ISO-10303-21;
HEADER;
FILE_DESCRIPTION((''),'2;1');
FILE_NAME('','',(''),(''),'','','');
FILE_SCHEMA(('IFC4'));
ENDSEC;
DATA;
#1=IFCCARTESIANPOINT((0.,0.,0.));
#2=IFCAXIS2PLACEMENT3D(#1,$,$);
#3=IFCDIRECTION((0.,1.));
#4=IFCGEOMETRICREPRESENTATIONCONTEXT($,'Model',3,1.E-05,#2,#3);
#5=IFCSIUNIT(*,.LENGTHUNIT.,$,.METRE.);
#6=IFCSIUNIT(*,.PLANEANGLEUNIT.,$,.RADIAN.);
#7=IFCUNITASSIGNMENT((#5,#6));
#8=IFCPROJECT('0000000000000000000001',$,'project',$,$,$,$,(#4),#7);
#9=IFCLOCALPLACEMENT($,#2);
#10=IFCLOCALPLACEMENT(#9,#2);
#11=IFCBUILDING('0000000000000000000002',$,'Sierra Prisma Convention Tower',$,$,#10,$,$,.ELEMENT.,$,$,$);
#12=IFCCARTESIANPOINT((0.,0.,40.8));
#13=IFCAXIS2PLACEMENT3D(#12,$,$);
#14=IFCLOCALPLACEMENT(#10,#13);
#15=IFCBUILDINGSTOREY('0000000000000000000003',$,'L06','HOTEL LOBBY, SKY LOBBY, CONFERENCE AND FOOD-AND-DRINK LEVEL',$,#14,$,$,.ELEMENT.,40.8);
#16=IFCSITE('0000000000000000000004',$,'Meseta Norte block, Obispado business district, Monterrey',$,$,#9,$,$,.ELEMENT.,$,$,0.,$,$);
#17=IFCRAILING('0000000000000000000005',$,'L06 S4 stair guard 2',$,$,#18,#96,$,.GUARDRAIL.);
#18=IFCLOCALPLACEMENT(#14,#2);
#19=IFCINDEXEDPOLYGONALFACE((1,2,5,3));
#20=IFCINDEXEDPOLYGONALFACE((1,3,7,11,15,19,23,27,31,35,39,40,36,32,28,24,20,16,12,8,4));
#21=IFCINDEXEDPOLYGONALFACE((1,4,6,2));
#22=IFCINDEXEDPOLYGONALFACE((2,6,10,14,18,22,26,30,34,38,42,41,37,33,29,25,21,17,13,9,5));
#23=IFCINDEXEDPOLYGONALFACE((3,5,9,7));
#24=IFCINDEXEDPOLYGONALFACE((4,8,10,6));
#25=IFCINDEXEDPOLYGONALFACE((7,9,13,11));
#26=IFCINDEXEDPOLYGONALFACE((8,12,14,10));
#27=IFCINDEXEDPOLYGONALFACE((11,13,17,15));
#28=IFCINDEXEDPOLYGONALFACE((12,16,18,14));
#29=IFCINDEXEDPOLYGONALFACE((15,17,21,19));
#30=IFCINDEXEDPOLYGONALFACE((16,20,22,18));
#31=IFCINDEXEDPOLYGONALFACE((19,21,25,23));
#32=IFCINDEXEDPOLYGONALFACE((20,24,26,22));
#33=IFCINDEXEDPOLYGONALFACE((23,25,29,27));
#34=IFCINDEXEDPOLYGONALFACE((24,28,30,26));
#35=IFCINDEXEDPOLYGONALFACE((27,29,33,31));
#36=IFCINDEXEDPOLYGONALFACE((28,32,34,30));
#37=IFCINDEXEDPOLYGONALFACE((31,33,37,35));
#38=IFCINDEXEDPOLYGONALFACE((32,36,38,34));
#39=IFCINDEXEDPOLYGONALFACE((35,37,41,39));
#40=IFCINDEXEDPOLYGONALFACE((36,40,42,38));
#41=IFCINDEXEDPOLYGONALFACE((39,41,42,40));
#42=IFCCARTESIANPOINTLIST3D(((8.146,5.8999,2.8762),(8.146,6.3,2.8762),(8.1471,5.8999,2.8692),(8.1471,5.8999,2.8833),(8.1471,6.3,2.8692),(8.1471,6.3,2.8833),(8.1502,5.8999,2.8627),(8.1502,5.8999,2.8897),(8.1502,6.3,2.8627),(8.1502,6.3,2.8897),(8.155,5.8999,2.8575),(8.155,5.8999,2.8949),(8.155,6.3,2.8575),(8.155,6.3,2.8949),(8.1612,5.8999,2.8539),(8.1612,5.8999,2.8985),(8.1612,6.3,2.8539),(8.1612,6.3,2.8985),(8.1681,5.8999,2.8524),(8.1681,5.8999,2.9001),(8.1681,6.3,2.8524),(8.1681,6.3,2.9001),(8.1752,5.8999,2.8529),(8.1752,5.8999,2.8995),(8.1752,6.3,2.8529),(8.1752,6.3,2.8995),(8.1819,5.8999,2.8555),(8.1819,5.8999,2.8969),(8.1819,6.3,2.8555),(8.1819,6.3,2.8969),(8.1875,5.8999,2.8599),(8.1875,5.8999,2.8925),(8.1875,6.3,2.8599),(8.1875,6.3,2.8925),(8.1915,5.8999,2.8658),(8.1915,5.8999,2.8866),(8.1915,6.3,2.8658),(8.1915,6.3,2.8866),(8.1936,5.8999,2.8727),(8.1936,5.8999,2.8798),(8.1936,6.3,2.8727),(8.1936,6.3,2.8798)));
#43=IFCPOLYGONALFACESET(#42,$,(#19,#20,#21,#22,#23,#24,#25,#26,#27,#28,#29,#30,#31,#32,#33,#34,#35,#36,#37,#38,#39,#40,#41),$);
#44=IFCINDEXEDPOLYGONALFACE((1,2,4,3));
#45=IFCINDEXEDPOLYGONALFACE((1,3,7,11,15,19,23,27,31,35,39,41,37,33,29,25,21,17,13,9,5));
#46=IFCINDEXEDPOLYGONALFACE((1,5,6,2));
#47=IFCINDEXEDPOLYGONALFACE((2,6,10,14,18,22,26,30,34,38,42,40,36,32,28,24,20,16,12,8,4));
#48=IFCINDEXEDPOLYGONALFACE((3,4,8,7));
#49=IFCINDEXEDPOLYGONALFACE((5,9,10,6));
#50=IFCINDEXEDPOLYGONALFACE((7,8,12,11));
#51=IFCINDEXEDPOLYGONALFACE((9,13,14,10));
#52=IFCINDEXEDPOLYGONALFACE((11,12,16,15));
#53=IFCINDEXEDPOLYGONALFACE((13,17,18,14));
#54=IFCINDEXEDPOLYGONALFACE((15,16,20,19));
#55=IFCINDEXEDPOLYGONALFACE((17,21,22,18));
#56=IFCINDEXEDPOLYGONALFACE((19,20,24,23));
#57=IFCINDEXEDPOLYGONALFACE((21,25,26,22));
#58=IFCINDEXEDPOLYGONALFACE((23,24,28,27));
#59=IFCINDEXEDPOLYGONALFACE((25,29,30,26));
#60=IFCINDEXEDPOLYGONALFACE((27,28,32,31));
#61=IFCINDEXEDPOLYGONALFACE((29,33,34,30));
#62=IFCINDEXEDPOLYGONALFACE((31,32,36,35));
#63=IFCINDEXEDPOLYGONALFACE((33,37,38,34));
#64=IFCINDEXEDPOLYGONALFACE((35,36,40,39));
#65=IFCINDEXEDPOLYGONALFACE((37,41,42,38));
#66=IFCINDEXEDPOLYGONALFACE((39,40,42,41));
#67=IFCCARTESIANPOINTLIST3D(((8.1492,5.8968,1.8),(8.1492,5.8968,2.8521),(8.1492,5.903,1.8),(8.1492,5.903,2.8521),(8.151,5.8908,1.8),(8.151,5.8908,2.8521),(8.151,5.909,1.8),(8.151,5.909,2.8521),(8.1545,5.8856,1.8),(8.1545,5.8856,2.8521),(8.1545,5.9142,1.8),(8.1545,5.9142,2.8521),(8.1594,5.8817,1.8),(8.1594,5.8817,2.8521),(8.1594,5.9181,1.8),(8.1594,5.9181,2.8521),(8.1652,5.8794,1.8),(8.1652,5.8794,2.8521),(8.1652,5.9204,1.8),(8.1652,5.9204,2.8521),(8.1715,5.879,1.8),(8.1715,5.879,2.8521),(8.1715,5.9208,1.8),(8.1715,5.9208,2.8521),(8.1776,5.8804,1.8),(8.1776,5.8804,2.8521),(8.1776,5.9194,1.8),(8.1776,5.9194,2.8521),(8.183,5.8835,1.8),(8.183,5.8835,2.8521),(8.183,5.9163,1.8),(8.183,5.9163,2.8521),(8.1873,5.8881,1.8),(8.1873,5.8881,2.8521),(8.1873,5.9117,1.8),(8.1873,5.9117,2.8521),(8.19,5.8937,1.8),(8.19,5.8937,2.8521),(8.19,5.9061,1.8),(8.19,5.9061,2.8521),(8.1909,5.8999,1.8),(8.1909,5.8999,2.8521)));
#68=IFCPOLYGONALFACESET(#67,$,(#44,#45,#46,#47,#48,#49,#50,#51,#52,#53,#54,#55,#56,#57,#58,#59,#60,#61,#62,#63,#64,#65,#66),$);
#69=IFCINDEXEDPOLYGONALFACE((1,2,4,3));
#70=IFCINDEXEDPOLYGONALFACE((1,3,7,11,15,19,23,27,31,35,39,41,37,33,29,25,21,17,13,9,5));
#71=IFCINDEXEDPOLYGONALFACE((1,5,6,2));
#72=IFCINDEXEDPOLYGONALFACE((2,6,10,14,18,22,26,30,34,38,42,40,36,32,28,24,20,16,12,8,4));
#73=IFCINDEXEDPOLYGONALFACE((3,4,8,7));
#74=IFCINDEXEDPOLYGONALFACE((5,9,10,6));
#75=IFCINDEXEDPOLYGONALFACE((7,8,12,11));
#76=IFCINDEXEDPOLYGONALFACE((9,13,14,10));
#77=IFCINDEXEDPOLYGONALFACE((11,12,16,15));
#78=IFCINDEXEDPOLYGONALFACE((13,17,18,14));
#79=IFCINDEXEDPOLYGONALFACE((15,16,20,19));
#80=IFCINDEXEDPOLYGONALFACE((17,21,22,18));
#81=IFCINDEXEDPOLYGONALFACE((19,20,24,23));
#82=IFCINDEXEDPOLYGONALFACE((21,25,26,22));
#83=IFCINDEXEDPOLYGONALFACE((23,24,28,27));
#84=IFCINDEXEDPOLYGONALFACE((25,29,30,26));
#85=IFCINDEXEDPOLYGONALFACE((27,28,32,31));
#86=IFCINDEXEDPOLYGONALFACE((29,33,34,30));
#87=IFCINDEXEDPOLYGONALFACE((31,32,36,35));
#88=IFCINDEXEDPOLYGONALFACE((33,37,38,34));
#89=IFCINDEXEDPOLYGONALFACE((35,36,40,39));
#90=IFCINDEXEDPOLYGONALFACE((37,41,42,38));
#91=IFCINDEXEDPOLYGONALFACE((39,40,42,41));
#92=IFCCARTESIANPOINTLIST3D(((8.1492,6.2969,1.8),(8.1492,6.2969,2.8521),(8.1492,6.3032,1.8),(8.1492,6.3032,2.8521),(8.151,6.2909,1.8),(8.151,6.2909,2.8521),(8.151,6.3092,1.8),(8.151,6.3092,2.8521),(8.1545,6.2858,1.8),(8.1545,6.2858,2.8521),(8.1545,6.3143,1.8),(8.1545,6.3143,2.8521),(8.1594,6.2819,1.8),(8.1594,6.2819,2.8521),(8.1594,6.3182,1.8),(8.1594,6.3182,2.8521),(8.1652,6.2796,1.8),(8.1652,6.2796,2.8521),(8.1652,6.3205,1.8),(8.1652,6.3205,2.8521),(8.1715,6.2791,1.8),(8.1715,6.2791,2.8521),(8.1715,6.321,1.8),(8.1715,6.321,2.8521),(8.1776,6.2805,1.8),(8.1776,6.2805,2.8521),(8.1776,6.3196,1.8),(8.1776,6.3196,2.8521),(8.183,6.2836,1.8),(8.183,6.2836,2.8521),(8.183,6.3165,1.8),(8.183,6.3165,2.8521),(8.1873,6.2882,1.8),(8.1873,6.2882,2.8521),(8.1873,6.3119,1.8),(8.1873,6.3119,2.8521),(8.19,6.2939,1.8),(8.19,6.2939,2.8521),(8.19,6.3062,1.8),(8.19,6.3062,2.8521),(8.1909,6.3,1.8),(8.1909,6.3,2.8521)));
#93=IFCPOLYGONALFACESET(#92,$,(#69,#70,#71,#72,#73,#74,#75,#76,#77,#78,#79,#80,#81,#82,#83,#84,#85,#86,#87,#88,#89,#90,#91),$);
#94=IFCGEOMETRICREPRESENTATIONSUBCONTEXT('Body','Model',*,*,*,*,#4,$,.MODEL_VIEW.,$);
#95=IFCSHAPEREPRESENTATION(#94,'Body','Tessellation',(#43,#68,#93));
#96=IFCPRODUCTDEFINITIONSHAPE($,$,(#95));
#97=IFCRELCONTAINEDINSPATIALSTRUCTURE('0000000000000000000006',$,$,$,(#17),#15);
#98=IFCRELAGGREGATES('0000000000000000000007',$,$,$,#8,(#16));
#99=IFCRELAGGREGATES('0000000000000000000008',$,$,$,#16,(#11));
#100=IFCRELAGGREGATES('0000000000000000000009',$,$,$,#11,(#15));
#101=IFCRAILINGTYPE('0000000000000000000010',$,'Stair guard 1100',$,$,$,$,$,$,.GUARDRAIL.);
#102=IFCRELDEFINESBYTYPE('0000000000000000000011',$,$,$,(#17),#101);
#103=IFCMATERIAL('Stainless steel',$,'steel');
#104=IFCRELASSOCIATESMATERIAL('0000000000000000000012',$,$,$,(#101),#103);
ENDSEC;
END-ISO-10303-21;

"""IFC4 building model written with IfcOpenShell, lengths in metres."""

from ifc_helpers import new_model, si_unit, direction, frame, origin, origin_2d, place, context, subcontext, project, spatial, circle, extrude, material, type_object, element, save


model = new_model("IFC4")

# Units and contexts
model_context = context("Model", 3, precision=1e-05, world=origin(), true_north=direction((0.0, 1.0)))
body_context = subcontext(model_context, "Body", "Model", "MODEL_VIEW")
ifc_project = project(units=[si_unit("LENGTHUNIT", "METRE"), si_unit("PLANEANGLEUNIT", "RADIAN")], contexts=[model_context])

# Site, building, storey
site_placement = place(None, origin())
site = spatial("IfcSite", under=ifc_project, at=site_placement, Name="Meseta Norte block, Obispado business district, Monterrey", CompositionType="ELEMENT", RefElevation=0.0)
building_placement = place(site_placement, origin())
building = spatial("IfcBuilding", under=site, at=building_placement, Name="Sierra Prisma Convention Tower", CompositionType="ELEMENT")
storey_placement = place(building_placement, frame((0.0, 0.0, 40.8)))
storey = spatial("IfcBuildingStorey", under=building, at=storey_placement, Name="L06", Description="HOTEL LOBBY, SKY LOBBY, CONFERENCE AND FOOD-AND-DRINK LEVEL", CompositionType="ELEMENT", Elevation=40.8)

# Railing
ifc_material_1 = material(Name="Stainless steel", Category="steel")
railing_type_1 = type_object("IfcRailingType", Name="Stair guard 1100", PredefinedType="GUARDRAIL", material=ifc_material_1)
railing_1_placement = place(storey_placement, frame((8.1699, 5.8999, 1.8)))
element("IfcRailing", 1, at=railing_1_placement, inside=storey, type_object=railing_type_1, Name="L06 S4 stair guard 2", PredefinedType="GUARDRAIL", context=body_context, shape_type="SweptSolid", body=[
    extrude(circle(Radius=0.0239, at=origin_2d()), frame((0.0, 0.0, 1.0762), z_axis=(0.0, 1.0, 0.0), x_axis=(-1.0, 0.0, 0.0)), (0.0, 0.0, 1.0), 0.4001),
    extrude(circle(Radius=0.021, at=origin_2d()), origin(), (0.0, 0.0, 1.0), 1.052),
    extrude(circle(Radius=0.021, at=origin_2d()), frame((0.0, 0.4001, 0.0)), (0.0, 0.0, 1.0), 1.052),
])

save(model, "model.ifc")
